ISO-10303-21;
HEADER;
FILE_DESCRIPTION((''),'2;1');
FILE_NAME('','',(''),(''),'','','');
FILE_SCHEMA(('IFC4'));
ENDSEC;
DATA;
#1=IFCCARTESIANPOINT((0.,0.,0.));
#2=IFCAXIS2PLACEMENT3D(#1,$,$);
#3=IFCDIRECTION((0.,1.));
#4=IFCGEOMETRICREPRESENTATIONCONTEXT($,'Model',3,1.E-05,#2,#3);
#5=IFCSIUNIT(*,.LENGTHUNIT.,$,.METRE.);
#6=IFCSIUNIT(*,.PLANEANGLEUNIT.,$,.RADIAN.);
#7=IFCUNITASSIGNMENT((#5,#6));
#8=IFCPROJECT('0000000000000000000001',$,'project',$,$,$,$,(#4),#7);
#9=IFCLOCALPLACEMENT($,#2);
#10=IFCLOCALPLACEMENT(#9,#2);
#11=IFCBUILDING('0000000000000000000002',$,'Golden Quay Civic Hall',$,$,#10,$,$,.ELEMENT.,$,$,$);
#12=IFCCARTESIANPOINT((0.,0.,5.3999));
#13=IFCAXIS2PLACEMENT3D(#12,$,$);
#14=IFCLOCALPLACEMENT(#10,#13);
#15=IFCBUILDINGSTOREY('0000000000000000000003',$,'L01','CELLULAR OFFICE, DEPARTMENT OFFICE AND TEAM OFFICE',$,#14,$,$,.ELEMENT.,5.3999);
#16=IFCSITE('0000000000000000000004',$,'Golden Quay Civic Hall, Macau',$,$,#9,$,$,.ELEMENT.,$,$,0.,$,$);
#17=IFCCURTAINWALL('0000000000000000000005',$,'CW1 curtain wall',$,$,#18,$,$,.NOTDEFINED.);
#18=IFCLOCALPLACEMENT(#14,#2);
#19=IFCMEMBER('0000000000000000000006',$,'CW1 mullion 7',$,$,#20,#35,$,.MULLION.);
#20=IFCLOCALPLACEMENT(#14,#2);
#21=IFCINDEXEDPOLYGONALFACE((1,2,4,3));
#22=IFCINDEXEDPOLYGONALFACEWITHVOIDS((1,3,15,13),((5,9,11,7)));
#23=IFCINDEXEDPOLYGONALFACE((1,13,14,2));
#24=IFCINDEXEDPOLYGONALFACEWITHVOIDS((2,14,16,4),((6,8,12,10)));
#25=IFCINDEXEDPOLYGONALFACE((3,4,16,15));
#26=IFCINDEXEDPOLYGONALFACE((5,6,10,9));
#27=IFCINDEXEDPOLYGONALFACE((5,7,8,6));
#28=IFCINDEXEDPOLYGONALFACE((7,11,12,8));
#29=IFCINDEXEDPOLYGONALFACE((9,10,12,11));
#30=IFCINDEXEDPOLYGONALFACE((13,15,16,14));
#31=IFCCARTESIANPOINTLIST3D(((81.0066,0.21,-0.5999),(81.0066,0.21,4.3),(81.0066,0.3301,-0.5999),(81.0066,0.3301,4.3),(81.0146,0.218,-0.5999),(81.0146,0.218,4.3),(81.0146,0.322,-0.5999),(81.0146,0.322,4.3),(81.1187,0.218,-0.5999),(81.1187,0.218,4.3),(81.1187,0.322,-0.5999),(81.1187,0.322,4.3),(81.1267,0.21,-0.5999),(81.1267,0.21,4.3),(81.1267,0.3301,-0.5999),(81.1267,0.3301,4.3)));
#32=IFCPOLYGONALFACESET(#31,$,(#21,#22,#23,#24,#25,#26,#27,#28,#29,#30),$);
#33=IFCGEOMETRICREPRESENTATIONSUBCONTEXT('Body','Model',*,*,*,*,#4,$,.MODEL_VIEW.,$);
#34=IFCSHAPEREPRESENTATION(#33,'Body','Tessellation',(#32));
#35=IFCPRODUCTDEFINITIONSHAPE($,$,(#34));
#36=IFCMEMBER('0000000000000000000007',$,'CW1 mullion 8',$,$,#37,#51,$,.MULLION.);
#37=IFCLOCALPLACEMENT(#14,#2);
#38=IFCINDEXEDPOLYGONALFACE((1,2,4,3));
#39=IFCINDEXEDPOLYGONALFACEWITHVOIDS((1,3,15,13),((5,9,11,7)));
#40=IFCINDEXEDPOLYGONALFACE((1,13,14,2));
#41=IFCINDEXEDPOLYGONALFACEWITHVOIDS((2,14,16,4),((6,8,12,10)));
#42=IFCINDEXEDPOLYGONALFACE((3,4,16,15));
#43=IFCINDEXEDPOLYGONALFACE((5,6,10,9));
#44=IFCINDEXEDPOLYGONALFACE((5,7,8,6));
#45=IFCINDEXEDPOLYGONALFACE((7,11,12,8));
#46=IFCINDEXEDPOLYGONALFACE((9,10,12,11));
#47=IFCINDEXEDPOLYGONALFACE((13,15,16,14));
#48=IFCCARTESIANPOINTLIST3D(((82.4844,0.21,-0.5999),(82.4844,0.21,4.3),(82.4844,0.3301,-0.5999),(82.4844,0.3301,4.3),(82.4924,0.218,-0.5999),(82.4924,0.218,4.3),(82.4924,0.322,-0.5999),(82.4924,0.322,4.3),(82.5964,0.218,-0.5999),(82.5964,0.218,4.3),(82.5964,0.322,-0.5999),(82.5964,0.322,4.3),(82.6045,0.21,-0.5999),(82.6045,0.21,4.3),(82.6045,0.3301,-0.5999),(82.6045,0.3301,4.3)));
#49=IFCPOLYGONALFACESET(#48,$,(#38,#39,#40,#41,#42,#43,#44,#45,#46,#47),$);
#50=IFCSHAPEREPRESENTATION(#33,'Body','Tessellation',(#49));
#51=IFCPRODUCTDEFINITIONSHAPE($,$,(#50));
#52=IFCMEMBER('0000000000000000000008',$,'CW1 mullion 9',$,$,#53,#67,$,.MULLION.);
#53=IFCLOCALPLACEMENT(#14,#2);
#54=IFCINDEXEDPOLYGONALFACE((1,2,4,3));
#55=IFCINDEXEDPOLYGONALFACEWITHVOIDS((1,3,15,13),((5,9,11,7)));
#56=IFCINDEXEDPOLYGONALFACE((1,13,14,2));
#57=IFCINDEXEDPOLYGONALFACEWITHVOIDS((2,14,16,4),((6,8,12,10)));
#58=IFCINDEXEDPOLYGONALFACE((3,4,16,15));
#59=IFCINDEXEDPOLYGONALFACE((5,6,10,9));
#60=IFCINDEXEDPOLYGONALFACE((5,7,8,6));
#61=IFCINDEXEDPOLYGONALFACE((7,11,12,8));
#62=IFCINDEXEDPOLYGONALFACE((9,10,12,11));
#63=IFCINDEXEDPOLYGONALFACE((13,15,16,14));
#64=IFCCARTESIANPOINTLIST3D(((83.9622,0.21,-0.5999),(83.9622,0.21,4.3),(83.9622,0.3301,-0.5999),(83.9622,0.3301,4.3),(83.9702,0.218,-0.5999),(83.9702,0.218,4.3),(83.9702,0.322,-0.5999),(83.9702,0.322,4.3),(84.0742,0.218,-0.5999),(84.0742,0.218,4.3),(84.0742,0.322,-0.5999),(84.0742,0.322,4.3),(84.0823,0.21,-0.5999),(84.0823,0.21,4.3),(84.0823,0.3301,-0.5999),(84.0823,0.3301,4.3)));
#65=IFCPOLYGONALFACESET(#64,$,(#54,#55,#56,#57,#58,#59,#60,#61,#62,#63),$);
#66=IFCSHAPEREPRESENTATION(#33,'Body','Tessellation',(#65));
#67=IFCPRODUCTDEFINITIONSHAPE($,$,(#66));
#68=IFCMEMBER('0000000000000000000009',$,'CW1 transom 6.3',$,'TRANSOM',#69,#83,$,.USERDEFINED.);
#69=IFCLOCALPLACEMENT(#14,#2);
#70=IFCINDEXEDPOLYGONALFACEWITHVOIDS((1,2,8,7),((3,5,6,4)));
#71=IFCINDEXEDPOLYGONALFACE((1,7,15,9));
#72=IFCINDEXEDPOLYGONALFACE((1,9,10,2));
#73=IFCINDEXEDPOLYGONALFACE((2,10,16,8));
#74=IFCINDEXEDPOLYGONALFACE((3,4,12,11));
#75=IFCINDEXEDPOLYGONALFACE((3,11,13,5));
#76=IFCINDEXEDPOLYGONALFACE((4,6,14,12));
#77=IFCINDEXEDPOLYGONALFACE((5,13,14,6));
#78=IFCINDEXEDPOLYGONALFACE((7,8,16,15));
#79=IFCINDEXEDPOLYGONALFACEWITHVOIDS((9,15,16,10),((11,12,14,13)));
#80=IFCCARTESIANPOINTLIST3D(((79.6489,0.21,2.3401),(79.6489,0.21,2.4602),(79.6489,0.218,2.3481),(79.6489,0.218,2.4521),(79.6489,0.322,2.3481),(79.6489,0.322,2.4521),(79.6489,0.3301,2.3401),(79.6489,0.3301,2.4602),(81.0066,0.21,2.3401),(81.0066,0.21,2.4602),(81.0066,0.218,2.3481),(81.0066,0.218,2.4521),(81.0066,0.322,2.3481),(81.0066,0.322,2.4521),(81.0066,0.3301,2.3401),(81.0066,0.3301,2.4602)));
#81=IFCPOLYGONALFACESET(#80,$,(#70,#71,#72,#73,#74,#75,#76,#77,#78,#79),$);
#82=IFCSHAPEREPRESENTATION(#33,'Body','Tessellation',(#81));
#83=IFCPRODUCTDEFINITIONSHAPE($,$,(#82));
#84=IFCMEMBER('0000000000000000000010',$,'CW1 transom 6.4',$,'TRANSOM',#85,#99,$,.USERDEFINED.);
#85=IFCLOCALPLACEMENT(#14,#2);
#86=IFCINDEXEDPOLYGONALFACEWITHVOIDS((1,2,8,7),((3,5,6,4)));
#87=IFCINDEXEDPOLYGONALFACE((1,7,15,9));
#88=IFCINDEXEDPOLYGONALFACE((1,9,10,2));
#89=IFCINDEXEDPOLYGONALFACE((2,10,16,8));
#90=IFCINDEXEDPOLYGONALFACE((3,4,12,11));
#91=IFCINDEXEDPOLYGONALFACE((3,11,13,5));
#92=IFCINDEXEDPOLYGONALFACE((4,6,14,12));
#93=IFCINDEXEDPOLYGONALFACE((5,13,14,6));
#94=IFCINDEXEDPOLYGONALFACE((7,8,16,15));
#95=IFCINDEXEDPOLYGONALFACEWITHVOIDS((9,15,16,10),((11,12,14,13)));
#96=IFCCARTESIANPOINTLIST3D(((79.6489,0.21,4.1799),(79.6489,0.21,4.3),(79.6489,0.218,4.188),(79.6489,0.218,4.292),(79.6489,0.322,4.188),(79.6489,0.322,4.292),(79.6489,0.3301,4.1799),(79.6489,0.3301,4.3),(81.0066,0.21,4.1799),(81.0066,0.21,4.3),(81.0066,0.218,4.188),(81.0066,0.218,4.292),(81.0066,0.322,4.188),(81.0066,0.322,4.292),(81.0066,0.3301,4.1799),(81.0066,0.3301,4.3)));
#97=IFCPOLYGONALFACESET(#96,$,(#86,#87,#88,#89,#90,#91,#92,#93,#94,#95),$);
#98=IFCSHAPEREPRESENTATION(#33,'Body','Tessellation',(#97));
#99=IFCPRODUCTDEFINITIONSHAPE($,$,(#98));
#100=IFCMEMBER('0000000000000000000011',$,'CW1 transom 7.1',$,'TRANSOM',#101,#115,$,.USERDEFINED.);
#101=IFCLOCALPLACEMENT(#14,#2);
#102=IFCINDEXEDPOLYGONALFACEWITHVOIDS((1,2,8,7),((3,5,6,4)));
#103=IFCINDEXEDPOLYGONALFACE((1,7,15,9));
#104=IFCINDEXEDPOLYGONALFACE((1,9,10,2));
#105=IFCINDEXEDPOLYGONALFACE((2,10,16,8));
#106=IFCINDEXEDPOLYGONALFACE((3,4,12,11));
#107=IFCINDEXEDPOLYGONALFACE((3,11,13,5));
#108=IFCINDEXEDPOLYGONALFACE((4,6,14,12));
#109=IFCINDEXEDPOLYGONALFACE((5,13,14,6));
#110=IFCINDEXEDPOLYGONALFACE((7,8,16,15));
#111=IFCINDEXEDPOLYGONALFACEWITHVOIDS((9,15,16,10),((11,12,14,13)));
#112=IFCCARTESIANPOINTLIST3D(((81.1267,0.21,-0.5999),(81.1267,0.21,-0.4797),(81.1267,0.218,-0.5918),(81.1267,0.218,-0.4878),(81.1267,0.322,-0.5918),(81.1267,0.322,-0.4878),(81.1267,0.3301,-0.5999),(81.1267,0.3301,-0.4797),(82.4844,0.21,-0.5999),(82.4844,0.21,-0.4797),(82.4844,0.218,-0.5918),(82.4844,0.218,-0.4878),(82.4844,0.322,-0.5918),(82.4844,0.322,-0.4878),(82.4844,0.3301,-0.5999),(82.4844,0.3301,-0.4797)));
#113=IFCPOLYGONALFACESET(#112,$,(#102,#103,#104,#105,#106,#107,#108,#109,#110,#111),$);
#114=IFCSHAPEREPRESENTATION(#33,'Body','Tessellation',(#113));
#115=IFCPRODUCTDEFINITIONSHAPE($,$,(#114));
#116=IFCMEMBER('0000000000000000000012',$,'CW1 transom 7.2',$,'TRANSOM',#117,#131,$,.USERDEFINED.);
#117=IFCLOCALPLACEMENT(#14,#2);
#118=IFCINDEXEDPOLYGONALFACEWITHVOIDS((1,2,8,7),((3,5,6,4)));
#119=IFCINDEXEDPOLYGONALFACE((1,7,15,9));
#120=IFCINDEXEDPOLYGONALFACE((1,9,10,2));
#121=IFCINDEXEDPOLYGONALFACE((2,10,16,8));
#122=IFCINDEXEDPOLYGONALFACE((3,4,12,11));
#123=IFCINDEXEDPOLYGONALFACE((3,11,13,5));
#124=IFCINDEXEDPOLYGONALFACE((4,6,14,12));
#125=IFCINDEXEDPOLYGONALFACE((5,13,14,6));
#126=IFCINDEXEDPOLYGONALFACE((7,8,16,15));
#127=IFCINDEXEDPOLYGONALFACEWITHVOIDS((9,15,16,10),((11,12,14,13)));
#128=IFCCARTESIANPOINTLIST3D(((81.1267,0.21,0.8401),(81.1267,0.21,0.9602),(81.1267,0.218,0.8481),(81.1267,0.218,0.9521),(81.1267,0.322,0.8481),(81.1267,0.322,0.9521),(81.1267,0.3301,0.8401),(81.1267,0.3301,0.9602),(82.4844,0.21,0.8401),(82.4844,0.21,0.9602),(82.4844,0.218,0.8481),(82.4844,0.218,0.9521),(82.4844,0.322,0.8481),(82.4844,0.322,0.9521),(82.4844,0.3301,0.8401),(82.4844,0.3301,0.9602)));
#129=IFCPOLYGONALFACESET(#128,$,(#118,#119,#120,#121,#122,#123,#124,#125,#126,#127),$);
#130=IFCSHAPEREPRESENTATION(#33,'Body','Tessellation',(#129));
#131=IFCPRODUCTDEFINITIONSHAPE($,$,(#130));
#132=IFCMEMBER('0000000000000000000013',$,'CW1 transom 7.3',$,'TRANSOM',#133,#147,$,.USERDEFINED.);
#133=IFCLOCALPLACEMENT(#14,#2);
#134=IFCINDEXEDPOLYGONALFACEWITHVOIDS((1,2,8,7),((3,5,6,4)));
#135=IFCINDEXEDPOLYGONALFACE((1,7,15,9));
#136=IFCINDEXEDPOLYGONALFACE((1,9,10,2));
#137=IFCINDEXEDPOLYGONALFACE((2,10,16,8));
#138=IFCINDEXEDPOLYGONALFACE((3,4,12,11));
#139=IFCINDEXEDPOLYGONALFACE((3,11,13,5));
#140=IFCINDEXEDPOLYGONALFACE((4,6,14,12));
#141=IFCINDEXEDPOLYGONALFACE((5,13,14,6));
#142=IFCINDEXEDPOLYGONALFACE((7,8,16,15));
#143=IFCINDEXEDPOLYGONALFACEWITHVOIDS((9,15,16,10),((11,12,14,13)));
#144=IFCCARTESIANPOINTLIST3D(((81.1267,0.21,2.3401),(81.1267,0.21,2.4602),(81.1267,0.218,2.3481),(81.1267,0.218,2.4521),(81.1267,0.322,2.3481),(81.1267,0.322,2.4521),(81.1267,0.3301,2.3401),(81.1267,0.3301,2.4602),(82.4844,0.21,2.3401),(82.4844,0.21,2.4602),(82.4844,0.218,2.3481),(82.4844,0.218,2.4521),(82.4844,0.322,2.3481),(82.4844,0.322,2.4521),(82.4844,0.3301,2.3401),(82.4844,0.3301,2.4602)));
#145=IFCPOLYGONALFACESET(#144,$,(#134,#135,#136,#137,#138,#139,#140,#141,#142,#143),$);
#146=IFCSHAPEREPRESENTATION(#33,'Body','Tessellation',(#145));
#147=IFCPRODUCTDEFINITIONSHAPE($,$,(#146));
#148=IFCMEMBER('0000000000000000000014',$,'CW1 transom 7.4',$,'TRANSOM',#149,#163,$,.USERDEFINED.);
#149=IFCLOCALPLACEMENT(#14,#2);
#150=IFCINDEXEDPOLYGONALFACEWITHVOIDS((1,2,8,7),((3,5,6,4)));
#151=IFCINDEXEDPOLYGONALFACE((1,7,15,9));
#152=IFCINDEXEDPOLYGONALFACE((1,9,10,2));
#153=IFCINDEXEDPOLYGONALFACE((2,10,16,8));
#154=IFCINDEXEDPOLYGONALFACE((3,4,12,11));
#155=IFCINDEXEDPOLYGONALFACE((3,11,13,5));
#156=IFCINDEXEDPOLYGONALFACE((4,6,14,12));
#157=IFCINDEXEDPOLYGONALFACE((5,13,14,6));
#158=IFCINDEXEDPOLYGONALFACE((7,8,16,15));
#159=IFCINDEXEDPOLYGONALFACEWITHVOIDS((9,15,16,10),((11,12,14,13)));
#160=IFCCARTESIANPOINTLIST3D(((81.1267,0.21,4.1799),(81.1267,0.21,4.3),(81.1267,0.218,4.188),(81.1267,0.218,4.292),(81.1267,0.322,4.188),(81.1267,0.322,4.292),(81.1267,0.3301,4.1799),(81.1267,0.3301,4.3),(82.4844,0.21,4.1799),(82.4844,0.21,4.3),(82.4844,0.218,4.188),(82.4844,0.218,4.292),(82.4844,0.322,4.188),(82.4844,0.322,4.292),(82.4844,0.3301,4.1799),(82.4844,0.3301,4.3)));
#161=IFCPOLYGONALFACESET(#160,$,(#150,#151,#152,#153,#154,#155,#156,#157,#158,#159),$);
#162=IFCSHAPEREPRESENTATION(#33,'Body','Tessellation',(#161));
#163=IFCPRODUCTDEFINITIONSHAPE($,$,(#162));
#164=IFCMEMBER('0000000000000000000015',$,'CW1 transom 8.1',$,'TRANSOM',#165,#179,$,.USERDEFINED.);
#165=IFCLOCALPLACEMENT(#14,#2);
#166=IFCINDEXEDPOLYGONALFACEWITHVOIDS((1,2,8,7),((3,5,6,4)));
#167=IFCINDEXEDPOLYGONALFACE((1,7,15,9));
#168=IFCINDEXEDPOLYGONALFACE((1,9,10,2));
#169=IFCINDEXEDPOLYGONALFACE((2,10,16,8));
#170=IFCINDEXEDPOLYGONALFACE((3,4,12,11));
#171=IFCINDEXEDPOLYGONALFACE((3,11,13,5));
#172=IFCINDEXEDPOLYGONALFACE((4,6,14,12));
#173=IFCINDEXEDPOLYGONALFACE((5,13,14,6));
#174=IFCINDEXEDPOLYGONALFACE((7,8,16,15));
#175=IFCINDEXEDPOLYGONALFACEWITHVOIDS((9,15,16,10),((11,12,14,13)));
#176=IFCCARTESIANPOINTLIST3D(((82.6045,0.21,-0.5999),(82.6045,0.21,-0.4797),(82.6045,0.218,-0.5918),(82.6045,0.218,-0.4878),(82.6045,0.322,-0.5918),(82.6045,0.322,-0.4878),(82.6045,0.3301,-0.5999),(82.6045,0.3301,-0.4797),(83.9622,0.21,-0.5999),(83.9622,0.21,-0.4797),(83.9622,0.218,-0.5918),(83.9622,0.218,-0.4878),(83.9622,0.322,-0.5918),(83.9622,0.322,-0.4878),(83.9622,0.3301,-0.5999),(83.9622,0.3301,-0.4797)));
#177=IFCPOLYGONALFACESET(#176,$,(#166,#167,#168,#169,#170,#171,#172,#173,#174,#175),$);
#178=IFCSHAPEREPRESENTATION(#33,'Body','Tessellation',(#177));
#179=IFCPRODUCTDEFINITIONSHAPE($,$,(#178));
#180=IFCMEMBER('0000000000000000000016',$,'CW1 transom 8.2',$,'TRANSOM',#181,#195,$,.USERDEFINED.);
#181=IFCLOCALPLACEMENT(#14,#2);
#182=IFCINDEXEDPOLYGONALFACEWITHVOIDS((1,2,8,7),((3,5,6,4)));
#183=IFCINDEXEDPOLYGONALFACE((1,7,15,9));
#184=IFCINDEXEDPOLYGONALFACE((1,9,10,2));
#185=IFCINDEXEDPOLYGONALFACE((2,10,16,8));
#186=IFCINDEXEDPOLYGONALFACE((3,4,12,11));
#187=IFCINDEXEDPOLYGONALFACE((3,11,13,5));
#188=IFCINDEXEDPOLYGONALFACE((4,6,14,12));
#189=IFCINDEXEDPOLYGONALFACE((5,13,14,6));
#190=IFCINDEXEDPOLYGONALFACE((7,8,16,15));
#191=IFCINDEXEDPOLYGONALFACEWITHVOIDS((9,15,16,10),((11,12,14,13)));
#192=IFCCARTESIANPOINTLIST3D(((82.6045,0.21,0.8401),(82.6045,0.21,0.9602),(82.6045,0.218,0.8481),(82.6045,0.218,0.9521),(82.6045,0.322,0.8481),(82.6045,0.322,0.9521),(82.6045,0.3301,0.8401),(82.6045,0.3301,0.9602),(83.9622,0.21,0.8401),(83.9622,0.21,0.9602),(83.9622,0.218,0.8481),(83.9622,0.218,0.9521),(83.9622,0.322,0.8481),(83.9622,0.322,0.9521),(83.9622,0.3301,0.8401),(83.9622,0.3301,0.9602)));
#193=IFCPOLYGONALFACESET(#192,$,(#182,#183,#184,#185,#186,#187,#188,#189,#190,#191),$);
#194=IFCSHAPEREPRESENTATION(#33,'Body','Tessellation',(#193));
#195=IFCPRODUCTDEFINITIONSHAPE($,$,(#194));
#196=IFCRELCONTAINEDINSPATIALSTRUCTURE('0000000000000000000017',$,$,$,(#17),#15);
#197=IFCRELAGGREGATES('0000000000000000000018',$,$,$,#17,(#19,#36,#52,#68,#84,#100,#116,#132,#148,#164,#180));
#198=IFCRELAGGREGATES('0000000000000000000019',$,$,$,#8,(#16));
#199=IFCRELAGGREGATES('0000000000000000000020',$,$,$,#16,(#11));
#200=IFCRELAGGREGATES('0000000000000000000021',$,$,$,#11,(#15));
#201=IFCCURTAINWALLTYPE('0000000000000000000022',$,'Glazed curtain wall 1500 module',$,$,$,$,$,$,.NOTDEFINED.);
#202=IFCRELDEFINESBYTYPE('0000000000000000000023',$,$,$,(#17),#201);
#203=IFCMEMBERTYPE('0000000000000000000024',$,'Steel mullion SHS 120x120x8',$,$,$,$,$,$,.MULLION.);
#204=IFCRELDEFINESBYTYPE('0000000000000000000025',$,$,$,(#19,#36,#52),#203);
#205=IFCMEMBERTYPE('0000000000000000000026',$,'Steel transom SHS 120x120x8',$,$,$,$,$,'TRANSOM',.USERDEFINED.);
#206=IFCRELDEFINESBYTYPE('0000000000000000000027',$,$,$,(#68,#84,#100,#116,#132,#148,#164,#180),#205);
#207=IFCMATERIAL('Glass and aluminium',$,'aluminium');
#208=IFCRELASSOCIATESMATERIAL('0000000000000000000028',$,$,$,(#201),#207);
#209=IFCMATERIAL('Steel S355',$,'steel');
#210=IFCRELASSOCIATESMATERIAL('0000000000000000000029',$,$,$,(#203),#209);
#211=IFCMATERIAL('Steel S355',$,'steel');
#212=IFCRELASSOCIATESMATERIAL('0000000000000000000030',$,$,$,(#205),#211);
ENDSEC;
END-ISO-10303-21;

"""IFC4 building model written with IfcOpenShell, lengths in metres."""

from ifc_helpers import new_model, si_unit, direction, frame, origin, origin_2d, place, context, subcontext, project, spatial, hollow_rectangle, extrude, material, material_profile, profile_set, type_object, element, aggregate, save


model = new_model("IFC4")

# Units and contexts
model_context = context("Model", 3, precision=1e-05, world=origin(), true_north=direction((0.0, 1.0)))
body_context = subcontext(model_context, "Body", "Model", "MODEL_VIEW")
ifc_project = project(units=[si_unit("LENGTHUNIT", "METRE"), si_unit("PLANEANGLEUNIT", "RADIAN")], contexts=[model_context])

# Site, building, storey
site_placement = place(None, origin())
site = spatial("IfcSite", under=ifc_project, at=site_placement, Name="Golden Quay Civic Hall, Macau", CompositionType="ELEMENT", RefElevation=0.0)
building_placement = place(site_placement, origin())
building = spatial("IfcBuilding", under=site, at=building_placement, Name="Golden Quay Civic Hall", CompositionType="ELEMENT")
storey_placement = place(building_placement, frame((0.0, 0.0, 5.3999)))
storey = spatial("IfcBuildingStorey", under=building, at=storey_placement, Name="L01", Description="CELLULAR OFFICE, DEPARTMENT OFFICE AND TEAM OFFICE", CompositionType="ELEMENT", Elevation=5.3999)

# Curtain wall, members
ifc_material_1 = material(Name="Glass and aluminium", Category="aluminium")
curtain_wall_type = type_object("IfcCurtainWallType", Name="Glazed curtain wall 1500 module", PredefinedType="NOTDEFINED", material=ifc_material_1)
curtain_wall_placement = place(storey_placement, origin())
curtain_wall = element("IfcCurtainWall", 1, at=curtain_wall_placement, inside=storey, type_object=curtain_wall_type, Name="CW1 curtain wall", PredefinedType="NOTDEFINED")
ifc_material_2 = material(Name="Steel S355", Category="steel")
ifc_material_profile_1 = material_profile(ifc_material_2, hollow_rectangle(XDim=0.1201, YDim=0.1201, WallThickness=0.0081, at=origin_2d()), Name="SHS 120x120x8")
ifc_profile_set_1 = profile_set([ifc_material_profile_1], Name="Steel S355")
member_type_1 = type_object("IfcMemberType", Name="Steel mullion SHS 120x120x8", PredefinedType="MULLION", material=ifc_profile_set_1)
member_1_placement = place(storey_placement, frame((81.0667, 0.27, -0.5999), z_axis=(0.0, 0.0, 1.0), x_axis=(0.0, 1.0, 0.0)))
member_1 = element("IfcMember", 2, at=member_1_placement, type_object=member_type_1, Name="CW1 mullion 7", PredefinedType="MULLION", context=body_context, shape_type="SweptSolid", body=[
    extrude(hollow_rectangle(XDim=0.1201, YDim=0.1201, WallThickness=0.0081, at=origin_2d()), origin(), (0.0, 0.0, 1.0), 4.8999),
])
member_2_placement = place(storey_placement, frame((82.5444, 0.27, -0.5999), z_axis=(0.0, 0.0, 1.0), x_axis=(0.0, 1.0, 0.0)))
member_2 = element("IfcMember", 3, at=member_2_placement, type_object=member_type_1, Name="CW1 mullion 8", PredefinedType="MULLION", context=body_context, shape_type="SweptSolid", body=[
    extrude(hollow_rectangle(XDim=0.1201, YDim=0.1201, WallThickness=0.0081, at=origin_2d()), origin(), (0.0, 0.0, 1.0), 4.8999),
])
member_3_placement = place(storey_placement, frame((84.0222, 0.27, -0.5999), z_axis=(0.0, 0.0, 1.0), x_axis=(0.0, 1.0, 0.0)))
member_3 = element("IfcMember", 4, at=member_3_placement, type_object=member_type_1, Name="CW1 mullion 9", PredefinedType="MULLION", context=body_context, shape_type="SweptSolid", body=[
    extrude(hollow_rectangle(XDim=0.1201, YDim=0.1201, WallThickness=0.0081, at=origin_2d()), origin(), (0.0, 0.0, 1.0), 4.8999),
])
ifc_material_3 = material(Name="Steel S355", Category="steel")
ifc_material_profile_2 = material_profile(ifc_material_3, hollow_rectangle(XDim=0.1201, YDim=0.1201, WallThickness=0.0081, at=origin_2d()), Name="SHS 120x120x8")
ifc_profile_set_2 = profile_set([ifc_material_profile_2], Name="Steel S355")
member_type_2 = type_object("IfcMemberType", Name="Steel transom SHS 120x120x8", ElementType="TRANSOM", PredefinedType="USERDEFINED", material=ifc_profile_set_2)
member_4_placement = place(storey_placement, frame((79.6489, 0.27, 2.4001), z_axis=(1.0, 0.0, 0.0), x_axis=(0.0, 1.0, 0.0)))
member_4 = element("IfcMember", 5, at=member_4_placement, type_object=member_type_2, Name="CW1 transom 6.3", ObjectType="TRANSOM", PredefinedType="USERDEFINED", context=body_context, shape_type="SweptSolid", body=[
    extrude(hollow_rectangle(XDim=0.1201, YDim=0.1201, WallThickness=0.0081, at=origin_2d()), origin(), (0.0, 0.0, 1.0), 1.3577),
])
member_5_placement = place(storey_placement, frame((79.6489, 0.27, 4.24), z_axis=(1.0, 0.0, 0.0), x_axis=(0.0, 1.0, 0.0)))
member_5 = element("IfcMember", 6, at=member_5_placement, type_object=member_type_2, Name="CW1 transom 6.4", ObjectType="TRANSOM", PredefinedType="USERDEFINED", context=body_context, shape_type="SweptSolid", body=[
    extrude(hollow_rectangle(XDim=0.1201, YDim=0.1201, WallThickness=0.0081, at=origin_2d()), origin(), (0.0, 0.0, 1.0), 1.3577),
])
member_6_placement = place(storey_placement, frame((81.1267, 0.27, -0.5398), z_axis=(1.0, 0.0, 0.0), x_axis=(0.0, 1.0, 0.0)))
member_6 = element("IfcMember", 7, at=member_6_placement, type_object=member_type_2, Name="CW1 transom 7.1", ObjectType="TRANSOM", PredefinedType="USERDEFINED", context=body_context, shape_type="SweptSolid", body=[
    extrude(hollow_rectangle(XDim=0.1201, YDim=0.1201, WallThickness=0.0081, at=origin_2d()), origin(), (0.0, 0.0, 1.0), 1.3577),
])
member_7_placement = place(storey_placement, frame((81.1267, 0.27, 0.9001), z_axis=(1.0, 0.0, 0.0), x_axis=(0.0, 1.0, 0.0)))
member_7 = element("IfcMember", 8, at=member_7_placement, type_object=member_type_2, Name="CW1 transom 7.2", ObjectType="TRANSOM", PredefinedType="USERDEFINED", context=body_context, shape_type="SweptSolid", body=[
    extrude(hollow_rectangle(XDim=0.1201, YDim=0.1201, WallThickness=0.0081, at=origin_2d()), origin(), (0.0, 0.0, 1.0), 1.3577),
])
member_8_placement = place(storey_placement, frame((81.1267, 0.27, 2.4001), z_axis=(1.0, 0.0, 0.0), x_axis=(0.0, 1.0, 0.0)))
member_8 = element("IfcMember", 9, at=member_8_placement, type_object=member_type_2, Name="CW1 transom 7.3", ObjectType="TRANSOM", PredefinedType="USERDEFINED", context=body_context, shape_type="SweptSolid", body=[
    extrude(hollow_rectangle(XDim=0.1201, YDim=0.1201, WallThickness=0.0081, at=origin_2d()), origin(), (0.0, 0.0, 1.0), 1.3577),
])
member_9_placement = place(storey_placement, frame((81.1267, 0.27, 4.24), z_axis=(1.0, 0.0, 0.0), x_axis=(0.0, 1.0, 0.0)))
member_9 = element("IfcMember", 10, at=member_9_placement, type_object=member_type_2, Name="CW1 transom 7.4", ObjectType="TRANSOM", PredefinedType="USERDEFINED", context=body_context, shape_type="SweptSolid", body=[
    extrude(hollow_rectangle(XDim=0.1201, YDim=0.1201, WallThickness=0.0081, at=origin_2d()), origin(), (0.0, 0.0, 1.0), 1.3577),
])
member_10_placement = place(storey_placement, frame((82.6045, 0.27, -0.5398), z_axis=(1.0, 0.0, 0.0), x_axis=(0.0, 1.0, 0.0)))
member_10 = element("IfcMember", 11, at=member_10_placement, type_object=member_type_2, Name="CW1 transom 8.1", ObjectType="TRANSOM", PredefinedType="USERDEFINED", context=body_context, shape_type="SweptSolid", body=[
    extrude(hollow_rectangle(XDim=0.1201, YDim=0.1201, WallThickness=0.0081, at=origin_2d()), origin(), (0.0, 0.0, 1.0), 1.3577),
])
member_11_placement = place(storey_placement, frame((82.6045, 0.27, 0.9001), z_axis=(1.0, 0.0, 0.0), x_axis=(0.0, 1.0, 0.0)))
member_11 = element("IfcMember", 12, at=member_11_placement, type_object=member_type_2, Name="CW1 transom 8.2", ObjectType="TRANSOM", PredefinedType="USERDEFINED", context=body_context, shape_type="SweptSolid", body=[
    extrude(hollow_rectangle(XDim=0.1201, YDim=0.1201, WallThickness=0.0081, at=origin_2d()), origin(), (0.0, 0.0, 1.0), 1.3577),
])
aggregate(curtain_wall, [member_1, member_2, member_3, member_4, member_5, member_6, member_7, member_8, member_9, member_10, member_11])

save(model, "model.ifc")
